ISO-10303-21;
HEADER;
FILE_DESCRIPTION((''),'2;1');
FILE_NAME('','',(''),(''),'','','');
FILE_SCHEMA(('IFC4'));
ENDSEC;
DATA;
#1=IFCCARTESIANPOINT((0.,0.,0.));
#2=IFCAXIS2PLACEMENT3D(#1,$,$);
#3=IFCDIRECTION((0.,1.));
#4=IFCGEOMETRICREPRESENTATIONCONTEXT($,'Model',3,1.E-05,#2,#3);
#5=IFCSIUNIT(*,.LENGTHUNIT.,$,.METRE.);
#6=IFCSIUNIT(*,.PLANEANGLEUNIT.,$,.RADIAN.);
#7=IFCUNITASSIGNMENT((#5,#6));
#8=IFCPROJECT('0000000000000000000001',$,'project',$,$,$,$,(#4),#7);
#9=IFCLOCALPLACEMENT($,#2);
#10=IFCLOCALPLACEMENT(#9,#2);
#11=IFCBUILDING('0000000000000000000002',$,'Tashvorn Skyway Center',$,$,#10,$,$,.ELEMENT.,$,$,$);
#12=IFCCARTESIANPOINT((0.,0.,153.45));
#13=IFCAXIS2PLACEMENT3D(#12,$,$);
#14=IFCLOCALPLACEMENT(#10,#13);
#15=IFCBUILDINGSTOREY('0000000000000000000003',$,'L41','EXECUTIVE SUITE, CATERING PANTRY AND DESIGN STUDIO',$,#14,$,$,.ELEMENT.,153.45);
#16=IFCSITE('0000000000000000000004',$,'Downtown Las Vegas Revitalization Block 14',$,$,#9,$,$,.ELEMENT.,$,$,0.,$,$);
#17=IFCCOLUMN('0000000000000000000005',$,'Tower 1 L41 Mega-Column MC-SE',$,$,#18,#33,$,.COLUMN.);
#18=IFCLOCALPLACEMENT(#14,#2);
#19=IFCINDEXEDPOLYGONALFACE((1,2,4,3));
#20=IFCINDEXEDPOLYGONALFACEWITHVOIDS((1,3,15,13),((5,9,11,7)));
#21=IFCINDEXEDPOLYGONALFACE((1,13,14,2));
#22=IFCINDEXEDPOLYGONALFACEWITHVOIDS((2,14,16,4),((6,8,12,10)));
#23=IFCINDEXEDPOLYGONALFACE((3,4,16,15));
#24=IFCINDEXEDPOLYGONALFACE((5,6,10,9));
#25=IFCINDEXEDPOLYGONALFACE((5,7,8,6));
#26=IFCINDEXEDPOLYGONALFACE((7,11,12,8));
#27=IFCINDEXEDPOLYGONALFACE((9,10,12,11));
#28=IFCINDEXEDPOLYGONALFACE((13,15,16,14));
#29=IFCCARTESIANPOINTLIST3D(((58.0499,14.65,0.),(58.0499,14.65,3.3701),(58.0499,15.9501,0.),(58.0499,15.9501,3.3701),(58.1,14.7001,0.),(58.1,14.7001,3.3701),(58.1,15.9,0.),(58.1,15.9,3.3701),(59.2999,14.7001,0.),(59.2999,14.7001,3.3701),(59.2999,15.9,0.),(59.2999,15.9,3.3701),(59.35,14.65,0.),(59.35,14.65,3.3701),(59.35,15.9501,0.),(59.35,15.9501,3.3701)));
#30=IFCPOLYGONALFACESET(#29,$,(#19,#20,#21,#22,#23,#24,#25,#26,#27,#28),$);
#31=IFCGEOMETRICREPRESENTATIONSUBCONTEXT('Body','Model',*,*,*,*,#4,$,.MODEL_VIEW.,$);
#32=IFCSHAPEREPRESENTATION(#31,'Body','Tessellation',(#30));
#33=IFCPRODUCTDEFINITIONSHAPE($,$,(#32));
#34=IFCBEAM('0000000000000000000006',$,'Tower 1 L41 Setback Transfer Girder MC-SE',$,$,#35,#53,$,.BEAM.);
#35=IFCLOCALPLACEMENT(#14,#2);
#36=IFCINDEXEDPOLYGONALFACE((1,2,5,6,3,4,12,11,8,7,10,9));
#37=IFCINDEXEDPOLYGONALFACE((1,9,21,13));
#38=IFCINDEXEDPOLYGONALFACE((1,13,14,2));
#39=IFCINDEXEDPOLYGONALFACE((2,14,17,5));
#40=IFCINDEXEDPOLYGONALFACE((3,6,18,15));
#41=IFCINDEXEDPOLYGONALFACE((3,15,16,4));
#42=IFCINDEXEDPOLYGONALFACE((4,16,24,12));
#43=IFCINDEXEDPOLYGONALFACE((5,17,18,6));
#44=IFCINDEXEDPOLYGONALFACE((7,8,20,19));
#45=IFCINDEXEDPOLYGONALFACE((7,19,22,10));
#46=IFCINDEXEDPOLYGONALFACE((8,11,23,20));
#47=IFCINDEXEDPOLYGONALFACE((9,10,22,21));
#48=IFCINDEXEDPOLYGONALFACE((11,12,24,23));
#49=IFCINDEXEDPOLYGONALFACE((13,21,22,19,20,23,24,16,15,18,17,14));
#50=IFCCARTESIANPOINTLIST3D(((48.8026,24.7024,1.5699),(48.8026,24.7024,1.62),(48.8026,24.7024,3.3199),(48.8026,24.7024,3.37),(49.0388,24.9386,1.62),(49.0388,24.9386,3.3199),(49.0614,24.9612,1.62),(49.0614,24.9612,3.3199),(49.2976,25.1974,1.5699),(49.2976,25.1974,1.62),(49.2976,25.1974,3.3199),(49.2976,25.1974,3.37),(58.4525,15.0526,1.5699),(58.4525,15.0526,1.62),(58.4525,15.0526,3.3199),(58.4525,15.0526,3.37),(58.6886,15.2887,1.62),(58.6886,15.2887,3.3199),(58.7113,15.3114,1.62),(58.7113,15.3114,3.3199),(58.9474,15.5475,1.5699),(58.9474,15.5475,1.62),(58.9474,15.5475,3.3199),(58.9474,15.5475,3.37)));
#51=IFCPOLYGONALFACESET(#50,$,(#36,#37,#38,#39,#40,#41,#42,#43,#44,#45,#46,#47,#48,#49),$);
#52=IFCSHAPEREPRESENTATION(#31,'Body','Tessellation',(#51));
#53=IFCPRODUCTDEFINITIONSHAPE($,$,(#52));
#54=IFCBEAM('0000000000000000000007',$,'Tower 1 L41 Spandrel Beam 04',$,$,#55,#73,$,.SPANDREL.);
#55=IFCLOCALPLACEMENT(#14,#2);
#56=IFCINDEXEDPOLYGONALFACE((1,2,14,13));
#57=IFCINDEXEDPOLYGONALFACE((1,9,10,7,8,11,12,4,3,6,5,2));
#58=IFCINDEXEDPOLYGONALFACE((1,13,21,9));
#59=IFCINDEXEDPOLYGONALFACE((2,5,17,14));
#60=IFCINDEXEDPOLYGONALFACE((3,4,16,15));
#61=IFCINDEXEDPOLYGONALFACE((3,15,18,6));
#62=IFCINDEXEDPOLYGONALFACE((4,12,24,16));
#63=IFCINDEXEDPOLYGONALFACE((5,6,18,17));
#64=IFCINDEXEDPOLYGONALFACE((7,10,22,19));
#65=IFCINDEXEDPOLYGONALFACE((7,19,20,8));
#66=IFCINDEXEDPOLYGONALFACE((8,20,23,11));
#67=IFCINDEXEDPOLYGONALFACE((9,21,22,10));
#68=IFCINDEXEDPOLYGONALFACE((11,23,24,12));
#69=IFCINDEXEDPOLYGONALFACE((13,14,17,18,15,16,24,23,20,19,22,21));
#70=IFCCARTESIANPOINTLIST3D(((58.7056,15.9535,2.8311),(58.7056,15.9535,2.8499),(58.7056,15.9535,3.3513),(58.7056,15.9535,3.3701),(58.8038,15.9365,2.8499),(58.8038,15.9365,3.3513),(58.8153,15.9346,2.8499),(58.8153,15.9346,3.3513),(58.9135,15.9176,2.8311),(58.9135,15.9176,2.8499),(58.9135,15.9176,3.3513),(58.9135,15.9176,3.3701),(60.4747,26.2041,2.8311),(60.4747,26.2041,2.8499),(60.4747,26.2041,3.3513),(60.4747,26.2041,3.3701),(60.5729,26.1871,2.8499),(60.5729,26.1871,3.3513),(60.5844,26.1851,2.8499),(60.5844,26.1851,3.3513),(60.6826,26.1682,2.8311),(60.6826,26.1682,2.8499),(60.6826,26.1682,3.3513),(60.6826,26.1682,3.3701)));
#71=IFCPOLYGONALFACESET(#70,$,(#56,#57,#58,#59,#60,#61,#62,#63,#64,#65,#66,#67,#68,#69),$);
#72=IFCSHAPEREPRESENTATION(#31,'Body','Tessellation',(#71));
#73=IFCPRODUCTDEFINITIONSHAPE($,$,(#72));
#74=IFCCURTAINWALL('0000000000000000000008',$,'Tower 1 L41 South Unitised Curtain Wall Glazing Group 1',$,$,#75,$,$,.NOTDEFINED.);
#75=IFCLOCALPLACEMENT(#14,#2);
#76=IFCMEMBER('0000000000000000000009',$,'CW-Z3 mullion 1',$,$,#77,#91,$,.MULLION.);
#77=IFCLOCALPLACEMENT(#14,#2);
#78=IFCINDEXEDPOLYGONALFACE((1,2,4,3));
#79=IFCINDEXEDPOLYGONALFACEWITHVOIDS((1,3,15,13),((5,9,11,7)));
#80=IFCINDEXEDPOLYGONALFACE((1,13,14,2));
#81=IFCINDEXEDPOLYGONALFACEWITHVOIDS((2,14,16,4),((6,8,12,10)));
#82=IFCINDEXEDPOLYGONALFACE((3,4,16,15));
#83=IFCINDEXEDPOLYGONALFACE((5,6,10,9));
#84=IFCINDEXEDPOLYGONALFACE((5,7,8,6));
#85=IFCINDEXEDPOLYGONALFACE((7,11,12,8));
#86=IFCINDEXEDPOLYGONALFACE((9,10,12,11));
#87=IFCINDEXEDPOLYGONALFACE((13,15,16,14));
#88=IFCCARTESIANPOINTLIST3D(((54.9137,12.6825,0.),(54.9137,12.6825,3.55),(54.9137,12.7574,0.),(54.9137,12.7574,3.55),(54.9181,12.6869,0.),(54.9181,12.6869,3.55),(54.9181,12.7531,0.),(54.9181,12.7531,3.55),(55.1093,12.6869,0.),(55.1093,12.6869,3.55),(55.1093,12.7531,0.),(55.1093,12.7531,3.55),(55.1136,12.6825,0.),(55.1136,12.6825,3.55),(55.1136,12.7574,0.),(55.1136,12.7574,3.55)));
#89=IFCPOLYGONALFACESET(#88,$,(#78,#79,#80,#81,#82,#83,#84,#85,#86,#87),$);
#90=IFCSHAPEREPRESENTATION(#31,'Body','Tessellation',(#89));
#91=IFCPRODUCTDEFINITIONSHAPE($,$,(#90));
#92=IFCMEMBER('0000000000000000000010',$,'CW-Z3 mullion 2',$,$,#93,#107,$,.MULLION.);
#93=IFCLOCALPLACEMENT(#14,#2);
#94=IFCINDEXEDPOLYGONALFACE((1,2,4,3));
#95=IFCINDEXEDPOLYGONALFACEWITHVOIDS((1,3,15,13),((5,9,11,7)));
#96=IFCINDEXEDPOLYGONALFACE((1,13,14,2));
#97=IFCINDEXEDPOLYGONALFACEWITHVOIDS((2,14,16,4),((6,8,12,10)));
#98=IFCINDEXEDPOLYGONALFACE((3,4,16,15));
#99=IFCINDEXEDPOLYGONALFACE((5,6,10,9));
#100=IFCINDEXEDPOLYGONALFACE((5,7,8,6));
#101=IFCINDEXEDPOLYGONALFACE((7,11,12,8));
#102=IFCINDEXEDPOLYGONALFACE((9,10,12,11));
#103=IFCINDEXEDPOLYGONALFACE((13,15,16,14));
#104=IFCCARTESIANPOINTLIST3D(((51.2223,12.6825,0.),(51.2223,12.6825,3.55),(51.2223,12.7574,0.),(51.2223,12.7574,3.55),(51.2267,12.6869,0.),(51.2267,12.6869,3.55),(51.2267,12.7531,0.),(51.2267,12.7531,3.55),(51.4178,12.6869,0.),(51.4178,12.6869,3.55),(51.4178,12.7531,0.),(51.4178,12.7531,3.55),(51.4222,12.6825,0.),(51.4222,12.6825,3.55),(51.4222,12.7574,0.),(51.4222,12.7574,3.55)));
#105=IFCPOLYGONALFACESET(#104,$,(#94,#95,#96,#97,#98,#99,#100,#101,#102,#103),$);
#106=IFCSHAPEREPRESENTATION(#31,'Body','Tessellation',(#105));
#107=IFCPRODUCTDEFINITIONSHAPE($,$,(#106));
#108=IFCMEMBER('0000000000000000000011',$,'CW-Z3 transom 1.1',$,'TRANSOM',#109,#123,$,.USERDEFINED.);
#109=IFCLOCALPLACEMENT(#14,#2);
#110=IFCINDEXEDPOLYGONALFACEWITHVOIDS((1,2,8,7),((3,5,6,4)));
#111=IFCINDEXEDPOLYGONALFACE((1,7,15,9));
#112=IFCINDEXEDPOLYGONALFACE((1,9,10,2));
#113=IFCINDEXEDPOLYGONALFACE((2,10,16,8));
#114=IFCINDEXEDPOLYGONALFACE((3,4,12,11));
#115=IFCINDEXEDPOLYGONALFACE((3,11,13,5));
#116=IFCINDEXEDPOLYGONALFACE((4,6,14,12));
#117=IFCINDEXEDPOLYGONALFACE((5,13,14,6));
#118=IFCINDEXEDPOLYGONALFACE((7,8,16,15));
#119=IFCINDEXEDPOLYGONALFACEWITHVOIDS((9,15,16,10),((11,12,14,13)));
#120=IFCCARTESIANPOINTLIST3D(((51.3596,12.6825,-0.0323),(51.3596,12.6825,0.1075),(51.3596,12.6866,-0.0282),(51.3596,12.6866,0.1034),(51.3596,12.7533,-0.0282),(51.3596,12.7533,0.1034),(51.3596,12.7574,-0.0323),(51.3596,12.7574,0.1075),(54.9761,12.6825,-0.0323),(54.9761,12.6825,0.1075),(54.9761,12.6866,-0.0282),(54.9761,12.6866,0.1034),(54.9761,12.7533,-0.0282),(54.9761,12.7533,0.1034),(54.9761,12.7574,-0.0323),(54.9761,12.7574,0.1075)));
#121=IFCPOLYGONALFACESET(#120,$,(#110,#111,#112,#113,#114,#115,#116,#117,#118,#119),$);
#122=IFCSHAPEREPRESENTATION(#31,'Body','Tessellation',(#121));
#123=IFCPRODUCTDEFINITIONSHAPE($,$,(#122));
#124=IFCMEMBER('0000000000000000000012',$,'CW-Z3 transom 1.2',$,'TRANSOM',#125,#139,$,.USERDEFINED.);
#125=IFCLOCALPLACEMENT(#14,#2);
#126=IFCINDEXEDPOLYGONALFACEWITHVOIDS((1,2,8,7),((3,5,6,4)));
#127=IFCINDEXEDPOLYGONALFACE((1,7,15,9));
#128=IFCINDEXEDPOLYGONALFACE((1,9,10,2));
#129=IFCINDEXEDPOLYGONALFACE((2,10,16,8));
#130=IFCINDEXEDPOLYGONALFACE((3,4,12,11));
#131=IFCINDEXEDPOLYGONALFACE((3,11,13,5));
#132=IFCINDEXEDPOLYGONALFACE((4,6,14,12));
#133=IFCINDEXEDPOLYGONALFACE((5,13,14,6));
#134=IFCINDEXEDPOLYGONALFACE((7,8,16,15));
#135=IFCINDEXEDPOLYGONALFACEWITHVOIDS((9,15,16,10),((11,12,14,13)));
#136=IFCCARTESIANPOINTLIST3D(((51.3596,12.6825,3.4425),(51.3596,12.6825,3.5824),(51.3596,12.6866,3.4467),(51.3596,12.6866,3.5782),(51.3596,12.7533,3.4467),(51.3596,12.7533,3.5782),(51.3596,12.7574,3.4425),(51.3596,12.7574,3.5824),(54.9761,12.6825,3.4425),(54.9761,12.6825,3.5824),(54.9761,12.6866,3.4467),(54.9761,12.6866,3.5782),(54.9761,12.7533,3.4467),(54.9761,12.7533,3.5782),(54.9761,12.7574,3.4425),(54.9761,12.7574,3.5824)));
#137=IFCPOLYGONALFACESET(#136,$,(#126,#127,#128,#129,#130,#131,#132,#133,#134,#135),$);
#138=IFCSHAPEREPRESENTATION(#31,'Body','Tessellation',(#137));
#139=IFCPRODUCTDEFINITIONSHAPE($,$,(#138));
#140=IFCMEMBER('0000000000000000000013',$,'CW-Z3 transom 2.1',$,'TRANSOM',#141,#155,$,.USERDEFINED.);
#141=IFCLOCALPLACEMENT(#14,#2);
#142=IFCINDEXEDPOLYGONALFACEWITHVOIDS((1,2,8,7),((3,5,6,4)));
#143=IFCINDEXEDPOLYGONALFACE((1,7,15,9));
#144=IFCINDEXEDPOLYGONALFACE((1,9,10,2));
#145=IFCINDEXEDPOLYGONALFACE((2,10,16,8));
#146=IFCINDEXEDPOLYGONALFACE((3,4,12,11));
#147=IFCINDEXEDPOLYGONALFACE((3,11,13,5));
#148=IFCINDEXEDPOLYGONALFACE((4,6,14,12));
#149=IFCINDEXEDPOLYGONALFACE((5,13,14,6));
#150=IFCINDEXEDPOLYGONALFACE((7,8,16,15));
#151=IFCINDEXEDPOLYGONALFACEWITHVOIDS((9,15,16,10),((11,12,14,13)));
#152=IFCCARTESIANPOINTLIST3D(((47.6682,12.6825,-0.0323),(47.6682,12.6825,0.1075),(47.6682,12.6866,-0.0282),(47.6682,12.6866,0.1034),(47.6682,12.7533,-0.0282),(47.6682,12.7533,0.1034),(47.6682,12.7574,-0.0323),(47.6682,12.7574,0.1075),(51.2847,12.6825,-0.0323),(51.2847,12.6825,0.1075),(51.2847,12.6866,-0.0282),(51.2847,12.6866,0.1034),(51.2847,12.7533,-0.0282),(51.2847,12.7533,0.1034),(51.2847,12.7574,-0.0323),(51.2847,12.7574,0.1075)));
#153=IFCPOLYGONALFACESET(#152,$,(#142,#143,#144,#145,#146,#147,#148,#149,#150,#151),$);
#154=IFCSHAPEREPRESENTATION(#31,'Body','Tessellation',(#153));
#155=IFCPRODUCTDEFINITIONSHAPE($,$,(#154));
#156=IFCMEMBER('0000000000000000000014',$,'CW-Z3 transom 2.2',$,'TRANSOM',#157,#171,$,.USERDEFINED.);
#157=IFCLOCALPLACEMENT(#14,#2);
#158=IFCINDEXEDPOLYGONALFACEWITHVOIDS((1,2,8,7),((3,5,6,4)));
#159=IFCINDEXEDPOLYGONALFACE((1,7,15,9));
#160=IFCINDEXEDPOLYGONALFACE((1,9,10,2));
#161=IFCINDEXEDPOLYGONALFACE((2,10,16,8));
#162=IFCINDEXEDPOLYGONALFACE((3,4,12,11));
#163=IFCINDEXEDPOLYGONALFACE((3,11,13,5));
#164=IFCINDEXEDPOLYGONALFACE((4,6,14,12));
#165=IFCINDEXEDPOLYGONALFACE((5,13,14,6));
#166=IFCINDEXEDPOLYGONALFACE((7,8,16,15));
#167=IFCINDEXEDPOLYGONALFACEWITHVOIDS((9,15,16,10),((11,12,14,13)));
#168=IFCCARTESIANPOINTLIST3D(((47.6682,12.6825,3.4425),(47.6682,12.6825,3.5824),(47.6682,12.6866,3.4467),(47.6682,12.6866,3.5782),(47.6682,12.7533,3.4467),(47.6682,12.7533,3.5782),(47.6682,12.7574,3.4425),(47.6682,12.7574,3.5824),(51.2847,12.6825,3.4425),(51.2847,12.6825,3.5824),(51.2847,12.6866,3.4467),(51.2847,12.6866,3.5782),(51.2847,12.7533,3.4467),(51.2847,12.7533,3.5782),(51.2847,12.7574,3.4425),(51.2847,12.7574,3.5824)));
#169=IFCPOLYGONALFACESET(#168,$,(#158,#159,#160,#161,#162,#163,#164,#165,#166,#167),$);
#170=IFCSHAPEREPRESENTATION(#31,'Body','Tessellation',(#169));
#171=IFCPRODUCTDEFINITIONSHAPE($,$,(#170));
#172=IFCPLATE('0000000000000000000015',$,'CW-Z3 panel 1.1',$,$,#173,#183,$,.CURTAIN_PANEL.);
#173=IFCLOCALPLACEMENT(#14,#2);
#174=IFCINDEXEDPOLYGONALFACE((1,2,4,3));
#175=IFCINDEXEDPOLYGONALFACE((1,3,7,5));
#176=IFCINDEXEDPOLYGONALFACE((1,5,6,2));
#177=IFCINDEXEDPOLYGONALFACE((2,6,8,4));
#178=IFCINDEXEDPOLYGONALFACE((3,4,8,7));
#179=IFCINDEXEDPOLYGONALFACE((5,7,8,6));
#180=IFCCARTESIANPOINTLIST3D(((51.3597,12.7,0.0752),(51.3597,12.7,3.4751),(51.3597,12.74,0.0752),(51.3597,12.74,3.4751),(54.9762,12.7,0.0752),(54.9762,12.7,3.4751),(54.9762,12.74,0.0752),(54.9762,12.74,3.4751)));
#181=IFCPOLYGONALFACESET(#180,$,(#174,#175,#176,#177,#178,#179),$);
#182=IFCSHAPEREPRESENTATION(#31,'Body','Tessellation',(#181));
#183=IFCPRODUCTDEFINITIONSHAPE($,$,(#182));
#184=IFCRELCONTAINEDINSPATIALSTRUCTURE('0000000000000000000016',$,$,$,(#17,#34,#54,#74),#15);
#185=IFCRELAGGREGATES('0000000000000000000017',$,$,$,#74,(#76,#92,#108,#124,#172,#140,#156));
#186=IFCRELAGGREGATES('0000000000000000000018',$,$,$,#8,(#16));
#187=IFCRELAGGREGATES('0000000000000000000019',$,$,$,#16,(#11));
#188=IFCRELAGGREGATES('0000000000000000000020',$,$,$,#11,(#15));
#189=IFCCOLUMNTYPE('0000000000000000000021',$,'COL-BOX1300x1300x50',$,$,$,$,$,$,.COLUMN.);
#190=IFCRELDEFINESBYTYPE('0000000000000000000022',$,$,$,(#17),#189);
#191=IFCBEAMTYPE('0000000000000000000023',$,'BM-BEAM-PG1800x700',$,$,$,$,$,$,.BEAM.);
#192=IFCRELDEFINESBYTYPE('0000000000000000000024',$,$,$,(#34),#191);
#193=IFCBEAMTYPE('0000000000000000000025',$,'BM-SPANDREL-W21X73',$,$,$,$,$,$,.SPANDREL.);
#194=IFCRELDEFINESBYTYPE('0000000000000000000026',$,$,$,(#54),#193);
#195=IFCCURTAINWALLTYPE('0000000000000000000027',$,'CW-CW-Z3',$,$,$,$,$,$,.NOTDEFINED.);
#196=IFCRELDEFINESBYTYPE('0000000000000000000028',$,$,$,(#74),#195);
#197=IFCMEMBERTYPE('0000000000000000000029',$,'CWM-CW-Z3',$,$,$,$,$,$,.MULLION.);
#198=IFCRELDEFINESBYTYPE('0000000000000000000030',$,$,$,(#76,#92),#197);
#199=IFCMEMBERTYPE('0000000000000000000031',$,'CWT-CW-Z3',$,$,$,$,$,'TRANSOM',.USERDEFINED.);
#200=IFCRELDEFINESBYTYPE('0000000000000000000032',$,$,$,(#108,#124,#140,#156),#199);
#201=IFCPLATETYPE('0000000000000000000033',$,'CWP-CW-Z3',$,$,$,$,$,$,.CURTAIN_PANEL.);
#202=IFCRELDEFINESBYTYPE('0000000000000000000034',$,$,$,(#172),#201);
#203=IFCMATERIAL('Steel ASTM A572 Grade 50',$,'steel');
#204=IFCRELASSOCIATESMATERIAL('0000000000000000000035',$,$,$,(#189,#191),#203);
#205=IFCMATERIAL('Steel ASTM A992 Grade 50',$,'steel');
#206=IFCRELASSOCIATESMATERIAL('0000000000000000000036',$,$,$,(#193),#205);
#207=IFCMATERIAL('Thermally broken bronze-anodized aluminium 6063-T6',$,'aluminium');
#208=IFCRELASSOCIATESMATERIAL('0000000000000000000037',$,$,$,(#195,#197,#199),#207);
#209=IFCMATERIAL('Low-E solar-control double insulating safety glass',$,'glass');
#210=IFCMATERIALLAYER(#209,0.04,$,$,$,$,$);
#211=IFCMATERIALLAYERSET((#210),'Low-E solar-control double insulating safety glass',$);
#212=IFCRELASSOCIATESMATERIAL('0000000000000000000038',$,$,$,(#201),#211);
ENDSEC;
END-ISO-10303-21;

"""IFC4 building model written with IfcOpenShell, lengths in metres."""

from ifc_helpers import new_model, si_unit, direction, frame, origin, origin_2d, place, context, subcontext, project, spatial, rectangle, hollow_rectangle, i_section, extrude, material, layer, layer_set, material_profile, profile_set, type_object, element, aggregate, save


model = new_model("IFC4")

# Units and contexts
model_context = context("Model", 3, precision=1e-05, world=origin(), true_north=direction((0.0, 1.0)))
body_context = subcontext(model_context, "Body", "Model", "MODEL_VIEW")
ifc_project = project(units=[si_unit("LENGTHUNIT", "METRE"), si_unit("PLANEANGLEUNIT", "RADIAN")], contexts=[model_context])

# Site, building, storey
site_placement = place(None, origin())
site = spatial("IfcSite", under=ifc_project, at=site_placement, Name="Downtown Las Vegas Revitalization Block 14", CompositionType="ELEMENT", RefElevation=0.0)
building_placement = place(site_placement, origin())
building = spatial("IfcBuilding", under=site, at=building_placement, Name="Tashvorn Skyway Center", CompositionType="ELEMENT")
storey_placement = place(building_placement, frame((0.0, 0.0, 153.45)))
storey = spatial("IfcBuildingStorey", under=building, at=storey_placement, Name="L41", Description="EXECUTIVE SUITE, CATERING PANTRY AND DESIGN STUDIO", CompositionType="ELEMENT", Elevation=153.45)

# Column
ifc_material_1 = material(Name="Steel ASTM A572 Grade 50", Category="steel")
ifc_material_profile_1 = material_profile(ifc_material_1, hollow_rectangle(XDim=1.3, YDim=1.3, WallThickness=0.05, at=origin_2d()), Name="BOX1300x1300x50")
ifc_profile_set_1 = profile_set([ifc_material_profile_1], Name="Steel ASTM A572 Grade 50")
column_type = type_object("IfcColumnType", Name="COL-BOX1300x1300x50", PredefinedType="COLUMN", material=ifc_profile_set_1)
column_placement = place(storey_placement, frame((58.7, 15.3, 0.0), z_axis=(0.0, 0.0, 1.0), x_axis=(1.0, 0.0, 0.0)))
element("IfcColumn", 1, at=column_placement, inside=storey, type_object=column_type, Name="Tower 1 L41 Mega-Column MC-SE", PredefinedType="COLUMN", context=body_context, shape_type="SweptSolid", body=[
    extrude(hollow_rectangle(XDim=1.3, YDim=1.3, WallThickness=0.05, at=origin_2d()), origin(), (0.0, 0.0, 1.0), 3.3701),
])

# Beams
ifc_material_profile_2 = material_profile(ifc_material_1, i_section(OverallWidth=0.7, OverallDepth=1.8, WebThickness=0.032, FlangeThickness=0.05, at=origin_2d()), Name="PG1800x700")
ifc_profile_set_2 = profile_set([ifc_material_profile_2], Name="Steel ASTM A572 Grade 50")
beam_type_1 = type_object("IfcBeamType", Name="BM-BEAM-PG1800x700", PredefinedType="BEAM", material=ifc_profile_set_2)
beam_1_placement = place(storey_placement, frame((58.7, 15.3, 2.47), z_axis=(-0.707107, 0.707107, 0.0), x_axis=(-0.707107, -0.707107, 0.0)))
element("IfcBeam", 2, at=beam_1_placement, inside=storey, type_object=beam_type_1, Name="Tower 1 L41 Setback Transfer Girder MC-SE", PredefinedType="BEAM", context=body_context, shape_type="SweptSolid", body=[
    extrude(i_section(OverallWidth=0.7, OverallDepth=1.8, WebThickness=0.032, FlangeThickness=0.05, at=origin_2d()), origin(), (0.0, 0.0, 1.0), 13.647),
])
ifc_material_2 = material(Name="Steel ASTM A992 Grade 50", Category="steel")
ifc_material_profile_3 = material_profile(ifc_material_2, i_section(OverallWidth=0.2109, OverallDepth=0.5391, WebThickness=0.0117, FlangeThickness=0.0188, at=origin_2d()), Name="W21X73")
ifc_profile_set_3 = profile_set([ifc_material_profile_3], Name="Steel ASTM A992 Grade 50")
beam_type_2 = type_object("IfcBeamType", Name="BM-SPANDREL-W21X73", PredefinedType="SPANDREL", material=ifc_profile_set_3)
beam_2_placement = place(storey_placement, frame((58.8096, 15.9355, 3.1006), z_axis=(0.170067, 0.985432, 0.0), x_axis=(-0.985432, 0.170067, 0.0)))
element("IfcBeam", 3, at=beam_2_placement, inside=storey, type_object=beam_type_2, Name="Tower 1 L41 Spandrel Beam 04", PredefinedType="SPANDREL", context=body_context, shape_type="SweptSolid", body=[
    extrude(i_section(OverallWidth=0.2109, OverallDepth=0.5391, WebThickness=0.0117, FlangeThickness=0.0188, at=origin_2d()), origin(), (0.0, 0.0, 1.0), 10.4021),
])

# Curtain wall, members, plate
ifc_material_3 = material(Name="Thermally broken bronze-anodized aluminium 6063-T6", Category="aluminium")
curtain_wall_type = type_object("IfcCurtainWallType", Name="CW-CW-Z3", PredefinedType="NOTDEFINED", material=ifc_material_3)
curtain_wall_placement = place(storey_placement, origin())
curtain_wall = element("IfcCurtainWall", 4, at=curtain_wall_placement, inside=storey, type_object=curtain_wall_type, Name="Tower 1 L41 South Unitised Curtain Wall Glazing Group 1", PredefinedType="NOTDEFINED")
ifc_material_profile_4 = material_profile(ifc_material_3, hollow_rectangle(XDim=0.075, YDim=0.2, WallThickness=0.0044, at=origin_2d()), Name="ALU-MULL-75x200")
ifc_profile_set_4 = profile_set([ifc_material_profile_4], Name="Thermally broken bronze-anodized aluminium 6063-T6")
member_type_1 = type_object("IfcMemberType", Name="CWM-CW-Z3", PredefinedType="MULLION", material=ifc_profile_set_4)
member_1_placement = place(storey_placement, frame((55.0137, 12.72, 0.0), z_axis=(0.0, 0.0, 1.0), x_axis=(0.0, -1.0, 0.0)))
member_1 = element("IfcMember", 5, at=member_1_placement, type_object=member_type_1, Name="CW-Z3 mullion 1", PredefinedType="MULLION", context=body_context, shape_type="SweptSolid", body=[
    extrude(hollow_rectangle(XDim=0.075, YDim=0.2, WallThickness=0.0044, at=origin_2d()), origin(), (0.0, 0.0, 1.0), 3.55),
])
member_2_placement = place(storey_placement, frame((51.3223, 12.72, 0.0), z_axis=(0.0, 0.0, 1.0), x_axis=(0.0, -1.0, 0.0)))
member_2 = element("IfcMember", 6, at=member_2_placement, type_object=member_type_1, Name="CW-Z3 mullion 2", PredefinedType="MULLION", context=body_context, shape_type="SweptSolid", body=[
    extrude(hollow_rectangle(XDim=0.075, YDim=0.2, WallThickness=0.0044, at=origin_2d()), origin(), (0.0, 0.0, 1.0), 3.55),
])
ifc_material_profile_5 = material_profile(ifc_material_3, hollow_rectangle(XDim=0.075, YDim=0.1399, WallThickness=0.0042, at=origin_2d()), Name="ALU-TRAN-75x140")
ifc_profile_set_5 = profile_set([ifc_material_profile_5], Name="Thermally broken bronze-anodized aluminium 6063-T6")
member_type_2 = type_object("IfcMemberType", Name="CWT-CW-Z3", ElementType="TRANSOM", PredefinedType="USERDEFINED", material=ifc_profile_set_5)
member_3_placement = place(storey_placement, frame((54.9761, 12.72, 0.0376), z_axis=(-1.0, 0.0, 0.0), x_axis=(0.0, -1.0, 0.0)))
member_3 = element("IfcMember", 7, at=member_3_placement, type_object=member_type_2, Name="CW-Z3 transom 1.1", ObjectType="TRANSOM", PredefinedType="USERDEFINED", context=body_context, shape_type="SweptSolid", body=[
    extrude(hollow_rectangle(XDim=0.075, YDim=0.1399, WallThickness=0.0042, at=origin_2d()), origin(), (0.0, 0.0, 1.0), 3.6165),
])
member_4_placement = place(storey_placement, frame((54.9761, 12.72, 3.5125), z_axis=(-1.0, 0.0, 0.0), x_axis=(0.0, -1.0, 0.0)))
member_4 = element("IfcMember", 8, at=member_4_placement, type_object=member_type_2, Name="CW-Z3 transom 1.2", ObjectType="TRANSOM", PredefinedType="USERDEFINED", context=body_context, shape_type="SweptSolid", body=[
    extrude(hollow_rectangle(XDim=0.075, YDim=0.1399, WallThickness=0.0042, at=origin_2d()), origin(), (0.0, 0.0, 1.0), 3.6165),
])
member_5_placement = place(storey_placement, frame((51.2847, 12.72, 0.0376), z_axis=(-1.0, 0.0, 0.0), x_axis=(0.0, -1.0, 0.0)))
member_5 = element("IfcMember", 9, at=member_5_placement, type_object=member_type_2, Name="CW-Z3 transom 2.1", ObjectType="TRANSOM", PredefinedType="USERDEFINED", context=body_context, shape_type="SweptSolid", body=[
    extrude(hollow_rectangle(XDim=0.075, YDim=0.1399, WallThickness=0.0042, at=origin_2d()), origin(), (0.0, 0.0, 1.0), 3.6165),
])
member_6_placement = place(storey_placement, frame((51.2847, 12.72, 3.5125), z_axis=(-1.0, 0.0, 0.0), x_axis=(0.0, -1.0, 0.0)))
member_6 = element("IfcMember", 10, at=member_6_placement, type_object=member_type_2, Name="CW-Z3 transom 2.2", ObjectType="TRANSOM", PredefinedType="USERDEFINED", context=body_context, shape_type="SweptSolid", body=[
    extrude(hollow_rectangle(XDim=0.075, YDim=0.1399, WallThickness=0.0042, at=origin_2d()), origin(), (0.0, 0.0, 1.0), 3.6165),
])
ifc_material_4 = material(Name="Low-E solar-control double insulating safety glass", Category="glass")
ifc_layer_1 = layer(ifc_material_4, 0.04)
ifc_layer_set_1 = layer_set([ifc_layer_1], Name="Low-E solar-control double insulating safety glass")
plate_type_1 = type_object("IfcPlateType", Name="CWP-CW-Z3", PredefinedType="CURTAIN_PANEL", material=ifc_layer_set_1)
plate_1_placement = place(storey_placement, frame((53.168, 12.72, 0.0752), z_axis=(0.0, 0.0, 1.0), x_axis=(-1.0, 0.0, 0.0)))
plate_1 = element("IfcPlate", 11, at=plate_1_placement, type_object=plate_type_1, Name="CW-Z3 panel 1.1", PredefinedType="CURTAIN_PANEL", context=body_context, shape_type="SweptSolid", body=[
    extrude(rectangle(XDim=3.6165, YDim=0.04, at=origin_2d()), origin(), (0.0, 0.0, 1.0), 3.3999),
])
aggregate(curtain_wall, [member_1, member_2, member_3, member_4, plate_1, member_5, member_6])

save(model, "model.ifc")
